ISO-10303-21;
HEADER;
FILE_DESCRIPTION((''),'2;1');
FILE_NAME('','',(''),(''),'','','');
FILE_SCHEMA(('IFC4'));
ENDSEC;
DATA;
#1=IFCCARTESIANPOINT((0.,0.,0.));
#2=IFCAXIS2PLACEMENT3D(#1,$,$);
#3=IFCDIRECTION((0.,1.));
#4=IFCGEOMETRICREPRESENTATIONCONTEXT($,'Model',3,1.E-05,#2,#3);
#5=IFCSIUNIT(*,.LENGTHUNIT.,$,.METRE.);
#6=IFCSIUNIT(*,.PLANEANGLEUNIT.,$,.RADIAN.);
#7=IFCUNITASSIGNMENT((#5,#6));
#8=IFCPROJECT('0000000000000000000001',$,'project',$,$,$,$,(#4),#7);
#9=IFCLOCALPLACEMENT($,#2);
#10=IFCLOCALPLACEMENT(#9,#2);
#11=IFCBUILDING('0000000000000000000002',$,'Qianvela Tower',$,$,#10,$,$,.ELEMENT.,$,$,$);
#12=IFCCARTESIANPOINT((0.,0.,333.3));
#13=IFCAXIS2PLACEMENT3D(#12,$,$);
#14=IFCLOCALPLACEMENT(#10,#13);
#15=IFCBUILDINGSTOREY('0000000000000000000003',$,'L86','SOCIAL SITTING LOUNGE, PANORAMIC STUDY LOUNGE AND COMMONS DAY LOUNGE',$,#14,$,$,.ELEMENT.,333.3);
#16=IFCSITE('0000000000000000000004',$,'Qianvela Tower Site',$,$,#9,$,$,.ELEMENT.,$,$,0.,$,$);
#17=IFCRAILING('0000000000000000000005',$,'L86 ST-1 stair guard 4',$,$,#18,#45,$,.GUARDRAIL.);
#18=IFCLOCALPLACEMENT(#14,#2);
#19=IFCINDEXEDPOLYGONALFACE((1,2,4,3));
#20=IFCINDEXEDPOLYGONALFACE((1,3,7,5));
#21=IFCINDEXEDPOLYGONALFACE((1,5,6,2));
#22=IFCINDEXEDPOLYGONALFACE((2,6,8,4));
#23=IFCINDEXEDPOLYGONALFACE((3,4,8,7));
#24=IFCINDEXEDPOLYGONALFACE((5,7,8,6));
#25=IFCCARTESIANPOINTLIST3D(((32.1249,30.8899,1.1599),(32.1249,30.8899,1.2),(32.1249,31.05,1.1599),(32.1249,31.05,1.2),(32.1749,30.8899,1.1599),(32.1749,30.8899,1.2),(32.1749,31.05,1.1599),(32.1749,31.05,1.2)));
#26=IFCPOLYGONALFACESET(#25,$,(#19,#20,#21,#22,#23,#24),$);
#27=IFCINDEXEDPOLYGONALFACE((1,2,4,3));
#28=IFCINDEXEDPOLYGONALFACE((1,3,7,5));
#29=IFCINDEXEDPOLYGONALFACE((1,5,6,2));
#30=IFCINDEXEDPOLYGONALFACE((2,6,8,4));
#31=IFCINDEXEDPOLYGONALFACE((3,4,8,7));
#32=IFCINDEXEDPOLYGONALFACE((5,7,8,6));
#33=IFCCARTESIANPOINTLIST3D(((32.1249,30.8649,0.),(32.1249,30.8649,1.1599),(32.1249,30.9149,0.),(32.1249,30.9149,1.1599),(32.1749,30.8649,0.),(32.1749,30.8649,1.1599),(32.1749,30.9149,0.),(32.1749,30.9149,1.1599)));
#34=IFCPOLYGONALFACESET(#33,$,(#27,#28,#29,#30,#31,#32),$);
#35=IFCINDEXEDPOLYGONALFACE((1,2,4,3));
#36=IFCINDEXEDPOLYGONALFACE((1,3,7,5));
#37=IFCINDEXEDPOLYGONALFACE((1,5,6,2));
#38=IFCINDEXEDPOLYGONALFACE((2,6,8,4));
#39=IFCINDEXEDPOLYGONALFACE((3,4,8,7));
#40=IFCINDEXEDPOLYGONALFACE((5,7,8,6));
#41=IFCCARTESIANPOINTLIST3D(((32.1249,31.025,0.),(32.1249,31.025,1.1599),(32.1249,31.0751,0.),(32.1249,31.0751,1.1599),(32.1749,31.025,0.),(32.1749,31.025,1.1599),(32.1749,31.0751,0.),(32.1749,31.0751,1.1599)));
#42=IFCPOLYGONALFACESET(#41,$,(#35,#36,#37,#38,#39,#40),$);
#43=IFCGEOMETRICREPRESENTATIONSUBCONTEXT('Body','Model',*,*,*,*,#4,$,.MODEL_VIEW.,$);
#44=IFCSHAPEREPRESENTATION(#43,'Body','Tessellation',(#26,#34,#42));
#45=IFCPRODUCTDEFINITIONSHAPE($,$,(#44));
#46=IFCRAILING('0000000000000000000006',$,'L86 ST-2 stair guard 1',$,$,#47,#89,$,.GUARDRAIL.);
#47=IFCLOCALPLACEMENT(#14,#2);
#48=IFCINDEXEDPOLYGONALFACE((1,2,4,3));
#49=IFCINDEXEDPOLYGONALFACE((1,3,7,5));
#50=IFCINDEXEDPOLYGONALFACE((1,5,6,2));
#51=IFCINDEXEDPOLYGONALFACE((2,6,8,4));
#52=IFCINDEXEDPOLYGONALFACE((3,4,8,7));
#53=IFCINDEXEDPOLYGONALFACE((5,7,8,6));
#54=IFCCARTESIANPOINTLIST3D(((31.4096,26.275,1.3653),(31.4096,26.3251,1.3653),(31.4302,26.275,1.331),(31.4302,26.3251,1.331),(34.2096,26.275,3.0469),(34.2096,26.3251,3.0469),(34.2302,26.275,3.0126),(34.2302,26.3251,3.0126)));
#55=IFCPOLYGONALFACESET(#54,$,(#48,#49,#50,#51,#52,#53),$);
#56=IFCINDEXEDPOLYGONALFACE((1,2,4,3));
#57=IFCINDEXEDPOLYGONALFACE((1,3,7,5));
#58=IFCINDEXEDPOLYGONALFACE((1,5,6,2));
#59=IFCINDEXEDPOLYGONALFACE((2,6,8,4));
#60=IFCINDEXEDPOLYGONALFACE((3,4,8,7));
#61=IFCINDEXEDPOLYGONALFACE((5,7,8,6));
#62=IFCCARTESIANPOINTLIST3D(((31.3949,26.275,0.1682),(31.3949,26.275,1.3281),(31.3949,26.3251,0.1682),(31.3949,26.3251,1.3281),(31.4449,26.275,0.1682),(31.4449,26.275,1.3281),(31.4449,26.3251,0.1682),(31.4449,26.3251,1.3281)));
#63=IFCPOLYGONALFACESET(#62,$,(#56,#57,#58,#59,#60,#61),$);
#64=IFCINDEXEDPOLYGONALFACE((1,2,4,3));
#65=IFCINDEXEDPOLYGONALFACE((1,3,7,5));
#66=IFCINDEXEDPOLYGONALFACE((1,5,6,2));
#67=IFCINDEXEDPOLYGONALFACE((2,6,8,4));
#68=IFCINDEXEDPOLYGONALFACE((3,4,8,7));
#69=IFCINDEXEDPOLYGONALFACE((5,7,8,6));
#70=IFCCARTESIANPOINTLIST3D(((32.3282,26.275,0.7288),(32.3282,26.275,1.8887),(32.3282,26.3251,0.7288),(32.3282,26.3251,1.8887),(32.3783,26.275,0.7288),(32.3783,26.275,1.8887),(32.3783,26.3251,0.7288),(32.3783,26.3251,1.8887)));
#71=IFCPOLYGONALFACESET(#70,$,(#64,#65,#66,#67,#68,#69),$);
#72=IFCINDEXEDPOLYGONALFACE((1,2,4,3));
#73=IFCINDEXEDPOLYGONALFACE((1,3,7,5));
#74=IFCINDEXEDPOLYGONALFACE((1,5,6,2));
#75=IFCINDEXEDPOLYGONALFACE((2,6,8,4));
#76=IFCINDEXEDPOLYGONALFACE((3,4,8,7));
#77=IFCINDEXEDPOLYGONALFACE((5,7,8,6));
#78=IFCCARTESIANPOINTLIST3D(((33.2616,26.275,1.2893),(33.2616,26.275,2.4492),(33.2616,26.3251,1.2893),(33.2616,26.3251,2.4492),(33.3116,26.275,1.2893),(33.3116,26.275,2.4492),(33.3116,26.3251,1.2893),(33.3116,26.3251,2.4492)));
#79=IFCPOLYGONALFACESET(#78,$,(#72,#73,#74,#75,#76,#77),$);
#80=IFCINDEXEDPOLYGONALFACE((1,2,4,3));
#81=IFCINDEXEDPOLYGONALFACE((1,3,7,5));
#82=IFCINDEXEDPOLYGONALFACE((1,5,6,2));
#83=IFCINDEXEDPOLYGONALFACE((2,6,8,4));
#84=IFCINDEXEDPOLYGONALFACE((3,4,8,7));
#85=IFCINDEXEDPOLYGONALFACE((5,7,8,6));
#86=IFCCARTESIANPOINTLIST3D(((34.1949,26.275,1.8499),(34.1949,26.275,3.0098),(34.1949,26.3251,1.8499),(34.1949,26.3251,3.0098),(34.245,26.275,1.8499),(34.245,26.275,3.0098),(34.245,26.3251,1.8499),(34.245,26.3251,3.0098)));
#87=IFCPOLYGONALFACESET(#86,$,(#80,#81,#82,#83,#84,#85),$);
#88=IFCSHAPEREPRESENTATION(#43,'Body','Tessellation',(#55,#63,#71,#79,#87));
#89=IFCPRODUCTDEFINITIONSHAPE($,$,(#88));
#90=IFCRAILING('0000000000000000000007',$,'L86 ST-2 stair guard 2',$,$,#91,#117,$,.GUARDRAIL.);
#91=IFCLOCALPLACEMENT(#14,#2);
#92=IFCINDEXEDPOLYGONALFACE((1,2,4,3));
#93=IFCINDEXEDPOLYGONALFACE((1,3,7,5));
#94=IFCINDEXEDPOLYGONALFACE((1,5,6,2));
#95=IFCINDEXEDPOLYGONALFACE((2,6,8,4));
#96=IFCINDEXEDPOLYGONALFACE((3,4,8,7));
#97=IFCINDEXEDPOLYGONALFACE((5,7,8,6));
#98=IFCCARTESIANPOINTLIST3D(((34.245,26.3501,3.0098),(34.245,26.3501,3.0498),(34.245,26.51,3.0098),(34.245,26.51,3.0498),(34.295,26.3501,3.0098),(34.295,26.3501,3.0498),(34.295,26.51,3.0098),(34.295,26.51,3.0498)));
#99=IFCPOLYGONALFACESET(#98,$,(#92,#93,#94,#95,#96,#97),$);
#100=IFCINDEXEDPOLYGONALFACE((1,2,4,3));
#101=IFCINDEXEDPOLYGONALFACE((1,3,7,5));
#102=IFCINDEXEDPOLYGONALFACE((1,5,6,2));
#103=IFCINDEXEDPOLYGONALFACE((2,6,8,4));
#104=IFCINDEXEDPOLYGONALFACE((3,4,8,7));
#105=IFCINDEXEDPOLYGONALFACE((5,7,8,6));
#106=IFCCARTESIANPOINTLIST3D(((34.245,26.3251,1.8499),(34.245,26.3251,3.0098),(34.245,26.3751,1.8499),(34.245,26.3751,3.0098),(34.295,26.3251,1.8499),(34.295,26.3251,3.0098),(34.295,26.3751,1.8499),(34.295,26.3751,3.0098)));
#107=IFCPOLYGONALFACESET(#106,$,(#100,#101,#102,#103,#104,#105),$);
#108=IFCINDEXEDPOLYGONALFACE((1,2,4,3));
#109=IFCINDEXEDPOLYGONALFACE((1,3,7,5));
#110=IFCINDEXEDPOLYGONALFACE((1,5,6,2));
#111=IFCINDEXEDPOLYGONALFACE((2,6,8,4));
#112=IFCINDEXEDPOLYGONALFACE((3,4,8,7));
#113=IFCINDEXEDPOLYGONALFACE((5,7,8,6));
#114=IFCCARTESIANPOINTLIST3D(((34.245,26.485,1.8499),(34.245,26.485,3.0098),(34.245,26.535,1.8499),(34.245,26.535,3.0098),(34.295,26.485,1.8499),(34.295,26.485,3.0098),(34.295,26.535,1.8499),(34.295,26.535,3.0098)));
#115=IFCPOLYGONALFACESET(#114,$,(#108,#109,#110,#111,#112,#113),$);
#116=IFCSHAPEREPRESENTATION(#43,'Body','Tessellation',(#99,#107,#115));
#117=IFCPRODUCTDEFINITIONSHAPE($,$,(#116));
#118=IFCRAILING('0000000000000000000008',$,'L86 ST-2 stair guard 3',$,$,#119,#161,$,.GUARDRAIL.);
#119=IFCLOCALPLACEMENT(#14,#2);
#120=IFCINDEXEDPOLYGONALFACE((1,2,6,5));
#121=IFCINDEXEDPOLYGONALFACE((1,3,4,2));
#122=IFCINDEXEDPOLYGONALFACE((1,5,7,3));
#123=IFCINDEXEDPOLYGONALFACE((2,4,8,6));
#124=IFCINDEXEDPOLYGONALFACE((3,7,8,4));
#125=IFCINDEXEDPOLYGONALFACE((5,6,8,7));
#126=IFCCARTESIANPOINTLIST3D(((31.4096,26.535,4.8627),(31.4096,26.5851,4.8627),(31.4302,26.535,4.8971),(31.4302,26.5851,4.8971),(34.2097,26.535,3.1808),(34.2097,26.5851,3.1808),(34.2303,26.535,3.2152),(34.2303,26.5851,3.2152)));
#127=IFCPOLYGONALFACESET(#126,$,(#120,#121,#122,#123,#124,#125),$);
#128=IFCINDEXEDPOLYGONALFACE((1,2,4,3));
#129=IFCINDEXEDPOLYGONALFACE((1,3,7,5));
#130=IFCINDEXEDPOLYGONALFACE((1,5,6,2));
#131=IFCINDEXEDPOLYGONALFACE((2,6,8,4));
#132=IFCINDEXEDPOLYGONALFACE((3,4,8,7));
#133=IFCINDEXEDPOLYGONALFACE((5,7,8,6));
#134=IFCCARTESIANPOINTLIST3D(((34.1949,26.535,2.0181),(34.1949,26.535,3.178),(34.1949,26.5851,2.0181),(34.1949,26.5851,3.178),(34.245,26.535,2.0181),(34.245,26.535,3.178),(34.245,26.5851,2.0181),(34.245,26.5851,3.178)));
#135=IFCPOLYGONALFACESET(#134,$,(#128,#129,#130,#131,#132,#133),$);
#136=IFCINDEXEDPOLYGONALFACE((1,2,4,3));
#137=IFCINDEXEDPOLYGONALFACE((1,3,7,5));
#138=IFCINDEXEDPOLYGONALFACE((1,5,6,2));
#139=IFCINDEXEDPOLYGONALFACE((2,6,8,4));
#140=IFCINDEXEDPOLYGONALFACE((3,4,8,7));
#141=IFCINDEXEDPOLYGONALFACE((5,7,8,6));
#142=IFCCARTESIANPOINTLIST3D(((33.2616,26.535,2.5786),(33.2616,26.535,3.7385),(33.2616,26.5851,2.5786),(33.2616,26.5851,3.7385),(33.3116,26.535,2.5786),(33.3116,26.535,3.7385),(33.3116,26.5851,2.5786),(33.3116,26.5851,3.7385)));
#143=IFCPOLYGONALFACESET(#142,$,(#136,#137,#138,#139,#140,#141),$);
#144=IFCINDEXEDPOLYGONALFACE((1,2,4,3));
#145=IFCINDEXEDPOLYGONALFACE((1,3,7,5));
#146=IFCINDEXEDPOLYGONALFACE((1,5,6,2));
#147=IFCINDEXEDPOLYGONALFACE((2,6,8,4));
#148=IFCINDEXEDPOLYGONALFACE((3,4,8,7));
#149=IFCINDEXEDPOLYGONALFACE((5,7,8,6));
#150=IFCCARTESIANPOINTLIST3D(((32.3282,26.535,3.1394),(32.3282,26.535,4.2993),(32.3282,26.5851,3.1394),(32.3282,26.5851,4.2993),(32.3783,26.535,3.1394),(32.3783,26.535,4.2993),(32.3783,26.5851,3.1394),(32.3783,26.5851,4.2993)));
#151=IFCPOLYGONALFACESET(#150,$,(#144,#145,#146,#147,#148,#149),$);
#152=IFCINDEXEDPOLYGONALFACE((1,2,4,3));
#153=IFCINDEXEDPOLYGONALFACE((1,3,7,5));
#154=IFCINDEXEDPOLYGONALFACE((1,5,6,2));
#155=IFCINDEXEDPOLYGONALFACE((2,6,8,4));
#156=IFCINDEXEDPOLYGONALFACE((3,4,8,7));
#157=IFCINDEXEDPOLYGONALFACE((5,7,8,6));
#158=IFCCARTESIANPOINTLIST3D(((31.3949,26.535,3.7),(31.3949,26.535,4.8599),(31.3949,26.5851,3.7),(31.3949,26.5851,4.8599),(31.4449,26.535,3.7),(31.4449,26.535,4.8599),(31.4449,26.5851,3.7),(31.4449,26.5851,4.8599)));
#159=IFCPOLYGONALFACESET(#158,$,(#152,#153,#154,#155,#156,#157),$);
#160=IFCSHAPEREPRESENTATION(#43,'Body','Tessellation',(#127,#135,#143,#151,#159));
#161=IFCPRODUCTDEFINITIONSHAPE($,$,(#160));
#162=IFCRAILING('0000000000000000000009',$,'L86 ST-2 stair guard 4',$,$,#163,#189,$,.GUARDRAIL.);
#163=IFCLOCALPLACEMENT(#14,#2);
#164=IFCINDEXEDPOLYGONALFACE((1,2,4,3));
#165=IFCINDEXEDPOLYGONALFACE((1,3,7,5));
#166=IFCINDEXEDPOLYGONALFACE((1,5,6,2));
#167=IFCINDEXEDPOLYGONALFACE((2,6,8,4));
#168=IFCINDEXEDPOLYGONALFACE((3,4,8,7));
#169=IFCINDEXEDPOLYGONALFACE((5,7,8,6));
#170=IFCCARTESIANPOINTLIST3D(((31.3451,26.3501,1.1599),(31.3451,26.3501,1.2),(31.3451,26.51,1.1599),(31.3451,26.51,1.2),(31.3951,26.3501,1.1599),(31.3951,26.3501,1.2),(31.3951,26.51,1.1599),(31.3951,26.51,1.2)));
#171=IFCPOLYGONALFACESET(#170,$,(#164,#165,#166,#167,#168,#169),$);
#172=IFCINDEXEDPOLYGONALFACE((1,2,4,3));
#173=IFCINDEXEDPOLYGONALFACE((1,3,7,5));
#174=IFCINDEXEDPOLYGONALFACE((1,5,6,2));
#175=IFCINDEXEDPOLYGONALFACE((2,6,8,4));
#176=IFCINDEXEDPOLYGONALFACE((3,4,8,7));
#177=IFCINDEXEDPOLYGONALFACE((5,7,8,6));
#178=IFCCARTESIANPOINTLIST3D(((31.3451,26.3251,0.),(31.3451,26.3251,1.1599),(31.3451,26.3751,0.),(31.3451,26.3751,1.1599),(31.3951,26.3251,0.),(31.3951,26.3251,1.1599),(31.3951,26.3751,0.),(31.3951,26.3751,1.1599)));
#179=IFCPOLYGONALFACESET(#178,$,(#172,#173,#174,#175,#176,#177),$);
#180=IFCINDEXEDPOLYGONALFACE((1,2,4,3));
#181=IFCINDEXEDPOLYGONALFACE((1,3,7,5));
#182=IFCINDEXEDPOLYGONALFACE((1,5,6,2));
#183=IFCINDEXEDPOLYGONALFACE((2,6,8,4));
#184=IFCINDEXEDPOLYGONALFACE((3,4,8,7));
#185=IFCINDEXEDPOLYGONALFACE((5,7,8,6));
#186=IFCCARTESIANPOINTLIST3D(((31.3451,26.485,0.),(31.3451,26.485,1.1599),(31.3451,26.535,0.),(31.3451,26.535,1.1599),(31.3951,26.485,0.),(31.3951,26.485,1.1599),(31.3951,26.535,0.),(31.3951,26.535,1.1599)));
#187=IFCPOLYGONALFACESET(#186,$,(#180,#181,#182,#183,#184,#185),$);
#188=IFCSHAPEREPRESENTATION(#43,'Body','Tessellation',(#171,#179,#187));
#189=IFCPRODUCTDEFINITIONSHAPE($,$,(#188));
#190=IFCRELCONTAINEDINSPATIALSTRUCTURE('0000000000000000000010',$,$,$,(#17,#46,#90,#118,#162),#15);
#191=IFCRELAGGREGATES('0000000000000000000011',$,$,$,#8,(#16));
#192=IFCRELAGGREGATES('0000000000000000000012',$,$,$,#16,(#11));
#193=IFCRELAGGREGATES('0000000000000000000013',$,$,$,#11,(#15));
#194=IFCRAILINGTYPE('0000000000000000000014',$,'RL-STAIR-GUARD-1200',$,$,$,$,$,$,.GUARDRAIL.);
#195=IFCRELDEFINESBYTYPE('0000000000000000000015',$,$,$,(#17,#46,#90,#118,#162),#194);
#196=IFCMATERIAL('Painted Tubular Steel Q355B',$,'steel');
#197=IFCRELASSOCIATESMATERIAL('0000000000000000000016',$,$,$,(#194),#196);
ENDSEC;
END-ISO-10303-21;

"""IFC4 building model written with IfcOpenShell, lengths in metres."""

from ifc_helpers import new_model, si_unit, direction, frame, origin, origin_2d, place, context, subcontext, project, spatial, rectangle, extrude, material, type_object, element, save


model = new_model("IFC4")

# Units and contexts
model_context = context("Model", 3, precision=1e-05, world=origin(), true_north=direction((0.0, 1.0)))
body_context = subcontext(model_context, "Body", "Model", "MODEL_VIEW")
ifc_project = project(units=[si_unit("LENGTHUNIT", "METRE"), si_unit("PLANEANGLEUNIT", "RADIAN")], contexts=[model_context])

# Site, building, storey
site_placement = place(None, origin())
site = spatial("IfcSite", under=ifc_project, at=site_placement, Name="Qianvela Tower Site", CompositionType="ELEMENT", RefElevation=0.0)
building_placement = place(site_placement, origin())
building = spatial("IfcBuilding", under=site, at=building_placement, Name="Qianvela Tower", CompositionType="ELEMENT")
storey_placement = place(building_placement, frame((0.0, 0.0, 333.3)))
storey = spatial("IfcBuildingStorey", under=building, at=storey_placement, Name="L86", Description="SOCIAL SITTING LOUNGE, PANORAMIC STUDY LOUNGE AND COMMONS DAY LOUNGE", CompositionType="ELEMENT", Elevation=333.3)

# Railings
ifc_material_1 = material(Name="Painted Tubular Steel Q355B", Category="steel")
railing_type_1 = type_object("IfcRailingType", Name="RL-STAIR-GUARD-1200", PredefinedType="GUARDRAIL", material=ifc_material_1)
railing_1_placement = place(storey_placement, frame((32.1499, 30.8899, 0.0)))
element("IfcRailing", 1, at=railing_1_placement, inside=storey, type_object=railing_type_1, Name="L86 ST-1 stair guard 4", PredefinedType="GUARDRAIL", context=body_context, shape_type="SweptSolid", body=[
    extrude(rectangle(XDim=0.05, YDim=0.04, at=origin_2d()), frame((0.0, 0.0, 1.1799), z_axis=(0.0, 1.0, 0.0), x_axis=(-1.0, 0.0, 0.0)), (0.0, 0.0, 1.0), 0.1602),
    extrude(rectangle(XDim=0.05, YDim=0.05, at=origin_2d()), origin(), (0.0, 0.0, 1.0), 1.1599),
    extrude(rectangle(XDim=0.05, YDim=0.05, at=origin_2d()), frame((0.0, 0.1602, 0.0)), (0.0, 0.0, 1.0), 1.1599),
])
railing_2_placement = place(storey_placement, frame((31.4199, 26.3, 0.1682)))
element("IfcRailing", 2, at=railing_2_placement, inside=storey, type_object=railing_type_1, Name="L86 ST-2 stair guard 1", PredefinedType="GUARDRAIL", context=body_context, shape_type="SweptSolid", body=[
    extrude(rectangle(XDim=0.05, YDim=0.04, at=origin_2d()), frame((0.0, 0.0, 1.1799), z_axis=(0.857275, 0.0, 0.514858), x_axis=(0.0, 1.0, 0.0)), (0.0, 0.0, 1.0), 3.2661),
    extrude(rectangle(XDim=0.05, YDim=0.05, at=origin_2d()), origin(), (0.0, 0.0, 1.0), 1.1599),
    extrude(rectangle(XDim=0.05, YDim=0.05, at=origin_2d()), frame((0.9333, 0.0, 0.5605)), (0.0, 0.0, 1.0), 1.1599),
    extrude(rectangle(XDim=0.05, YDim=0.05, at=origin_2d()), frame((1.8667, 0.0, 1.1211)), (0.0, 0.0, 1.0), 1.1599),
    extrude(rectangle(XDim=0.05, YDim=0.05, at=origin_2d()), frame((2.8, 0.0, 1.6816)), (0.0, 0.0, 1.0), 1.1599),
])
railing_3_placement = place(storey_placement, frame((34.27, 26.3501, 1.8499)))
element("IfcRailing", 3, at=railing_3_placement, inside=storey, type_object=railing_type_1, Name="L86 ST-2 stair guard 2", PredefinedType="GUARDRAIL", context=body_context, shape_type="SweptSolid", body=[
    extrude(rectangle(XDim=0.05, YDim=0.04, at=origin_2d()), frame((0.0, 0.0, 1.1799), z_axis=(0.0, 1.0, 0.0), x_axis=(-1.0, 0.0, 0.0)), (0.0, 0.0, 1.0), 0.1599),
    extrude(rectangle(XDim=0.05, YDim=0.05, at=origin_2d()), origin(), (0.0, 0.0, 1.0), 1.1599),
    extrude(rectangle(XDim=0.05, YDim=0.05, at=origin_2d()), frame((0.0, 0.1599, 0.0)), (0.0, 0.0, 1.0), 1.1599),
])
railing_4_placement = place(storey_placement, frame((34.22, 26.5601, 2.0181)))
element("IfcRailing", 4, at=railing_4_placement, inside=storey, type_object=railing_type_1, Name="L86 ST-2 stair guard 3", PredefinedType="GUARDRAIL", context=body_context, shape_type="SweptSolid", body=[
    extrude(rectangle(XDim=0.05, YDim=0.04, at=origin_2d()), frame((0.0, 0.0, 1.1799), z_axis=(-0.857242, 0.0, 0.514913), x_axis=(0.0, -1.0, 0.0)), (0.0, 0.0, 1.0), 3.2664),
    extrude(rectangle(XDim=0.05, YDim=0.05, at=origin_2d()), origin(), (0.0, 0.0, 1.0), 1.1599),
    extrude(rectangle(XDim=0.05, YDim=0.05, at=origin_2d()), frame((-0.9333, 0.0, 0.5605)), (0.0, 0.0, 1.0), 1.1599),
    extrude(rectangle(XDim=0.05, YDim=0.05, at=origin_2d()), frame((-1.8667, 0.0, 1.1213)), (0.0, 0.0, 1.0), 1.1599),
    extrude(rectangle(XDim=0.05, YDim=0.05, at=origin_2d()), frame((-2.8, 0.0, 1.6819)), (0.0, 0.0, 1.0), 1.1599),
])
railing_5_placement = place(storey_placement, frame((31.3701, 26.3501, 0.0)))
element("IfcRailing", 5, at=railing_5_placement, inside=storey, type_object=railing_type_1, Name="L86 ST-2 stair guard 4", PredefinedType="GUARDRAIL", context=body_context, shape_type="SweptSolid", body=[
    extrude(rectangle(XDim=0.05, YDim=0.04, at=origin_2d()), frame((0.0, 0.0, 1.1799), z_axis=(0.0, 1.0, 0.0), x_axis=(-1.0, 0.0, 0.0)), (0.0, 0.0, 1.0), 0.1599),
    extrude(rectangle(XDim=0.05, YDim=0.05, at=origin_2d()), origin(), (0.0, 0.0, 1.0), 1.1599),
    extrude(rectangle(XDim=0.05, YDim=0.05, at=origin_2d()), frame((0.0, 0.1599, 0.0)), (0.0, 0.0, 1.0), 1.1599),
])

save(model, "model.ifc")
